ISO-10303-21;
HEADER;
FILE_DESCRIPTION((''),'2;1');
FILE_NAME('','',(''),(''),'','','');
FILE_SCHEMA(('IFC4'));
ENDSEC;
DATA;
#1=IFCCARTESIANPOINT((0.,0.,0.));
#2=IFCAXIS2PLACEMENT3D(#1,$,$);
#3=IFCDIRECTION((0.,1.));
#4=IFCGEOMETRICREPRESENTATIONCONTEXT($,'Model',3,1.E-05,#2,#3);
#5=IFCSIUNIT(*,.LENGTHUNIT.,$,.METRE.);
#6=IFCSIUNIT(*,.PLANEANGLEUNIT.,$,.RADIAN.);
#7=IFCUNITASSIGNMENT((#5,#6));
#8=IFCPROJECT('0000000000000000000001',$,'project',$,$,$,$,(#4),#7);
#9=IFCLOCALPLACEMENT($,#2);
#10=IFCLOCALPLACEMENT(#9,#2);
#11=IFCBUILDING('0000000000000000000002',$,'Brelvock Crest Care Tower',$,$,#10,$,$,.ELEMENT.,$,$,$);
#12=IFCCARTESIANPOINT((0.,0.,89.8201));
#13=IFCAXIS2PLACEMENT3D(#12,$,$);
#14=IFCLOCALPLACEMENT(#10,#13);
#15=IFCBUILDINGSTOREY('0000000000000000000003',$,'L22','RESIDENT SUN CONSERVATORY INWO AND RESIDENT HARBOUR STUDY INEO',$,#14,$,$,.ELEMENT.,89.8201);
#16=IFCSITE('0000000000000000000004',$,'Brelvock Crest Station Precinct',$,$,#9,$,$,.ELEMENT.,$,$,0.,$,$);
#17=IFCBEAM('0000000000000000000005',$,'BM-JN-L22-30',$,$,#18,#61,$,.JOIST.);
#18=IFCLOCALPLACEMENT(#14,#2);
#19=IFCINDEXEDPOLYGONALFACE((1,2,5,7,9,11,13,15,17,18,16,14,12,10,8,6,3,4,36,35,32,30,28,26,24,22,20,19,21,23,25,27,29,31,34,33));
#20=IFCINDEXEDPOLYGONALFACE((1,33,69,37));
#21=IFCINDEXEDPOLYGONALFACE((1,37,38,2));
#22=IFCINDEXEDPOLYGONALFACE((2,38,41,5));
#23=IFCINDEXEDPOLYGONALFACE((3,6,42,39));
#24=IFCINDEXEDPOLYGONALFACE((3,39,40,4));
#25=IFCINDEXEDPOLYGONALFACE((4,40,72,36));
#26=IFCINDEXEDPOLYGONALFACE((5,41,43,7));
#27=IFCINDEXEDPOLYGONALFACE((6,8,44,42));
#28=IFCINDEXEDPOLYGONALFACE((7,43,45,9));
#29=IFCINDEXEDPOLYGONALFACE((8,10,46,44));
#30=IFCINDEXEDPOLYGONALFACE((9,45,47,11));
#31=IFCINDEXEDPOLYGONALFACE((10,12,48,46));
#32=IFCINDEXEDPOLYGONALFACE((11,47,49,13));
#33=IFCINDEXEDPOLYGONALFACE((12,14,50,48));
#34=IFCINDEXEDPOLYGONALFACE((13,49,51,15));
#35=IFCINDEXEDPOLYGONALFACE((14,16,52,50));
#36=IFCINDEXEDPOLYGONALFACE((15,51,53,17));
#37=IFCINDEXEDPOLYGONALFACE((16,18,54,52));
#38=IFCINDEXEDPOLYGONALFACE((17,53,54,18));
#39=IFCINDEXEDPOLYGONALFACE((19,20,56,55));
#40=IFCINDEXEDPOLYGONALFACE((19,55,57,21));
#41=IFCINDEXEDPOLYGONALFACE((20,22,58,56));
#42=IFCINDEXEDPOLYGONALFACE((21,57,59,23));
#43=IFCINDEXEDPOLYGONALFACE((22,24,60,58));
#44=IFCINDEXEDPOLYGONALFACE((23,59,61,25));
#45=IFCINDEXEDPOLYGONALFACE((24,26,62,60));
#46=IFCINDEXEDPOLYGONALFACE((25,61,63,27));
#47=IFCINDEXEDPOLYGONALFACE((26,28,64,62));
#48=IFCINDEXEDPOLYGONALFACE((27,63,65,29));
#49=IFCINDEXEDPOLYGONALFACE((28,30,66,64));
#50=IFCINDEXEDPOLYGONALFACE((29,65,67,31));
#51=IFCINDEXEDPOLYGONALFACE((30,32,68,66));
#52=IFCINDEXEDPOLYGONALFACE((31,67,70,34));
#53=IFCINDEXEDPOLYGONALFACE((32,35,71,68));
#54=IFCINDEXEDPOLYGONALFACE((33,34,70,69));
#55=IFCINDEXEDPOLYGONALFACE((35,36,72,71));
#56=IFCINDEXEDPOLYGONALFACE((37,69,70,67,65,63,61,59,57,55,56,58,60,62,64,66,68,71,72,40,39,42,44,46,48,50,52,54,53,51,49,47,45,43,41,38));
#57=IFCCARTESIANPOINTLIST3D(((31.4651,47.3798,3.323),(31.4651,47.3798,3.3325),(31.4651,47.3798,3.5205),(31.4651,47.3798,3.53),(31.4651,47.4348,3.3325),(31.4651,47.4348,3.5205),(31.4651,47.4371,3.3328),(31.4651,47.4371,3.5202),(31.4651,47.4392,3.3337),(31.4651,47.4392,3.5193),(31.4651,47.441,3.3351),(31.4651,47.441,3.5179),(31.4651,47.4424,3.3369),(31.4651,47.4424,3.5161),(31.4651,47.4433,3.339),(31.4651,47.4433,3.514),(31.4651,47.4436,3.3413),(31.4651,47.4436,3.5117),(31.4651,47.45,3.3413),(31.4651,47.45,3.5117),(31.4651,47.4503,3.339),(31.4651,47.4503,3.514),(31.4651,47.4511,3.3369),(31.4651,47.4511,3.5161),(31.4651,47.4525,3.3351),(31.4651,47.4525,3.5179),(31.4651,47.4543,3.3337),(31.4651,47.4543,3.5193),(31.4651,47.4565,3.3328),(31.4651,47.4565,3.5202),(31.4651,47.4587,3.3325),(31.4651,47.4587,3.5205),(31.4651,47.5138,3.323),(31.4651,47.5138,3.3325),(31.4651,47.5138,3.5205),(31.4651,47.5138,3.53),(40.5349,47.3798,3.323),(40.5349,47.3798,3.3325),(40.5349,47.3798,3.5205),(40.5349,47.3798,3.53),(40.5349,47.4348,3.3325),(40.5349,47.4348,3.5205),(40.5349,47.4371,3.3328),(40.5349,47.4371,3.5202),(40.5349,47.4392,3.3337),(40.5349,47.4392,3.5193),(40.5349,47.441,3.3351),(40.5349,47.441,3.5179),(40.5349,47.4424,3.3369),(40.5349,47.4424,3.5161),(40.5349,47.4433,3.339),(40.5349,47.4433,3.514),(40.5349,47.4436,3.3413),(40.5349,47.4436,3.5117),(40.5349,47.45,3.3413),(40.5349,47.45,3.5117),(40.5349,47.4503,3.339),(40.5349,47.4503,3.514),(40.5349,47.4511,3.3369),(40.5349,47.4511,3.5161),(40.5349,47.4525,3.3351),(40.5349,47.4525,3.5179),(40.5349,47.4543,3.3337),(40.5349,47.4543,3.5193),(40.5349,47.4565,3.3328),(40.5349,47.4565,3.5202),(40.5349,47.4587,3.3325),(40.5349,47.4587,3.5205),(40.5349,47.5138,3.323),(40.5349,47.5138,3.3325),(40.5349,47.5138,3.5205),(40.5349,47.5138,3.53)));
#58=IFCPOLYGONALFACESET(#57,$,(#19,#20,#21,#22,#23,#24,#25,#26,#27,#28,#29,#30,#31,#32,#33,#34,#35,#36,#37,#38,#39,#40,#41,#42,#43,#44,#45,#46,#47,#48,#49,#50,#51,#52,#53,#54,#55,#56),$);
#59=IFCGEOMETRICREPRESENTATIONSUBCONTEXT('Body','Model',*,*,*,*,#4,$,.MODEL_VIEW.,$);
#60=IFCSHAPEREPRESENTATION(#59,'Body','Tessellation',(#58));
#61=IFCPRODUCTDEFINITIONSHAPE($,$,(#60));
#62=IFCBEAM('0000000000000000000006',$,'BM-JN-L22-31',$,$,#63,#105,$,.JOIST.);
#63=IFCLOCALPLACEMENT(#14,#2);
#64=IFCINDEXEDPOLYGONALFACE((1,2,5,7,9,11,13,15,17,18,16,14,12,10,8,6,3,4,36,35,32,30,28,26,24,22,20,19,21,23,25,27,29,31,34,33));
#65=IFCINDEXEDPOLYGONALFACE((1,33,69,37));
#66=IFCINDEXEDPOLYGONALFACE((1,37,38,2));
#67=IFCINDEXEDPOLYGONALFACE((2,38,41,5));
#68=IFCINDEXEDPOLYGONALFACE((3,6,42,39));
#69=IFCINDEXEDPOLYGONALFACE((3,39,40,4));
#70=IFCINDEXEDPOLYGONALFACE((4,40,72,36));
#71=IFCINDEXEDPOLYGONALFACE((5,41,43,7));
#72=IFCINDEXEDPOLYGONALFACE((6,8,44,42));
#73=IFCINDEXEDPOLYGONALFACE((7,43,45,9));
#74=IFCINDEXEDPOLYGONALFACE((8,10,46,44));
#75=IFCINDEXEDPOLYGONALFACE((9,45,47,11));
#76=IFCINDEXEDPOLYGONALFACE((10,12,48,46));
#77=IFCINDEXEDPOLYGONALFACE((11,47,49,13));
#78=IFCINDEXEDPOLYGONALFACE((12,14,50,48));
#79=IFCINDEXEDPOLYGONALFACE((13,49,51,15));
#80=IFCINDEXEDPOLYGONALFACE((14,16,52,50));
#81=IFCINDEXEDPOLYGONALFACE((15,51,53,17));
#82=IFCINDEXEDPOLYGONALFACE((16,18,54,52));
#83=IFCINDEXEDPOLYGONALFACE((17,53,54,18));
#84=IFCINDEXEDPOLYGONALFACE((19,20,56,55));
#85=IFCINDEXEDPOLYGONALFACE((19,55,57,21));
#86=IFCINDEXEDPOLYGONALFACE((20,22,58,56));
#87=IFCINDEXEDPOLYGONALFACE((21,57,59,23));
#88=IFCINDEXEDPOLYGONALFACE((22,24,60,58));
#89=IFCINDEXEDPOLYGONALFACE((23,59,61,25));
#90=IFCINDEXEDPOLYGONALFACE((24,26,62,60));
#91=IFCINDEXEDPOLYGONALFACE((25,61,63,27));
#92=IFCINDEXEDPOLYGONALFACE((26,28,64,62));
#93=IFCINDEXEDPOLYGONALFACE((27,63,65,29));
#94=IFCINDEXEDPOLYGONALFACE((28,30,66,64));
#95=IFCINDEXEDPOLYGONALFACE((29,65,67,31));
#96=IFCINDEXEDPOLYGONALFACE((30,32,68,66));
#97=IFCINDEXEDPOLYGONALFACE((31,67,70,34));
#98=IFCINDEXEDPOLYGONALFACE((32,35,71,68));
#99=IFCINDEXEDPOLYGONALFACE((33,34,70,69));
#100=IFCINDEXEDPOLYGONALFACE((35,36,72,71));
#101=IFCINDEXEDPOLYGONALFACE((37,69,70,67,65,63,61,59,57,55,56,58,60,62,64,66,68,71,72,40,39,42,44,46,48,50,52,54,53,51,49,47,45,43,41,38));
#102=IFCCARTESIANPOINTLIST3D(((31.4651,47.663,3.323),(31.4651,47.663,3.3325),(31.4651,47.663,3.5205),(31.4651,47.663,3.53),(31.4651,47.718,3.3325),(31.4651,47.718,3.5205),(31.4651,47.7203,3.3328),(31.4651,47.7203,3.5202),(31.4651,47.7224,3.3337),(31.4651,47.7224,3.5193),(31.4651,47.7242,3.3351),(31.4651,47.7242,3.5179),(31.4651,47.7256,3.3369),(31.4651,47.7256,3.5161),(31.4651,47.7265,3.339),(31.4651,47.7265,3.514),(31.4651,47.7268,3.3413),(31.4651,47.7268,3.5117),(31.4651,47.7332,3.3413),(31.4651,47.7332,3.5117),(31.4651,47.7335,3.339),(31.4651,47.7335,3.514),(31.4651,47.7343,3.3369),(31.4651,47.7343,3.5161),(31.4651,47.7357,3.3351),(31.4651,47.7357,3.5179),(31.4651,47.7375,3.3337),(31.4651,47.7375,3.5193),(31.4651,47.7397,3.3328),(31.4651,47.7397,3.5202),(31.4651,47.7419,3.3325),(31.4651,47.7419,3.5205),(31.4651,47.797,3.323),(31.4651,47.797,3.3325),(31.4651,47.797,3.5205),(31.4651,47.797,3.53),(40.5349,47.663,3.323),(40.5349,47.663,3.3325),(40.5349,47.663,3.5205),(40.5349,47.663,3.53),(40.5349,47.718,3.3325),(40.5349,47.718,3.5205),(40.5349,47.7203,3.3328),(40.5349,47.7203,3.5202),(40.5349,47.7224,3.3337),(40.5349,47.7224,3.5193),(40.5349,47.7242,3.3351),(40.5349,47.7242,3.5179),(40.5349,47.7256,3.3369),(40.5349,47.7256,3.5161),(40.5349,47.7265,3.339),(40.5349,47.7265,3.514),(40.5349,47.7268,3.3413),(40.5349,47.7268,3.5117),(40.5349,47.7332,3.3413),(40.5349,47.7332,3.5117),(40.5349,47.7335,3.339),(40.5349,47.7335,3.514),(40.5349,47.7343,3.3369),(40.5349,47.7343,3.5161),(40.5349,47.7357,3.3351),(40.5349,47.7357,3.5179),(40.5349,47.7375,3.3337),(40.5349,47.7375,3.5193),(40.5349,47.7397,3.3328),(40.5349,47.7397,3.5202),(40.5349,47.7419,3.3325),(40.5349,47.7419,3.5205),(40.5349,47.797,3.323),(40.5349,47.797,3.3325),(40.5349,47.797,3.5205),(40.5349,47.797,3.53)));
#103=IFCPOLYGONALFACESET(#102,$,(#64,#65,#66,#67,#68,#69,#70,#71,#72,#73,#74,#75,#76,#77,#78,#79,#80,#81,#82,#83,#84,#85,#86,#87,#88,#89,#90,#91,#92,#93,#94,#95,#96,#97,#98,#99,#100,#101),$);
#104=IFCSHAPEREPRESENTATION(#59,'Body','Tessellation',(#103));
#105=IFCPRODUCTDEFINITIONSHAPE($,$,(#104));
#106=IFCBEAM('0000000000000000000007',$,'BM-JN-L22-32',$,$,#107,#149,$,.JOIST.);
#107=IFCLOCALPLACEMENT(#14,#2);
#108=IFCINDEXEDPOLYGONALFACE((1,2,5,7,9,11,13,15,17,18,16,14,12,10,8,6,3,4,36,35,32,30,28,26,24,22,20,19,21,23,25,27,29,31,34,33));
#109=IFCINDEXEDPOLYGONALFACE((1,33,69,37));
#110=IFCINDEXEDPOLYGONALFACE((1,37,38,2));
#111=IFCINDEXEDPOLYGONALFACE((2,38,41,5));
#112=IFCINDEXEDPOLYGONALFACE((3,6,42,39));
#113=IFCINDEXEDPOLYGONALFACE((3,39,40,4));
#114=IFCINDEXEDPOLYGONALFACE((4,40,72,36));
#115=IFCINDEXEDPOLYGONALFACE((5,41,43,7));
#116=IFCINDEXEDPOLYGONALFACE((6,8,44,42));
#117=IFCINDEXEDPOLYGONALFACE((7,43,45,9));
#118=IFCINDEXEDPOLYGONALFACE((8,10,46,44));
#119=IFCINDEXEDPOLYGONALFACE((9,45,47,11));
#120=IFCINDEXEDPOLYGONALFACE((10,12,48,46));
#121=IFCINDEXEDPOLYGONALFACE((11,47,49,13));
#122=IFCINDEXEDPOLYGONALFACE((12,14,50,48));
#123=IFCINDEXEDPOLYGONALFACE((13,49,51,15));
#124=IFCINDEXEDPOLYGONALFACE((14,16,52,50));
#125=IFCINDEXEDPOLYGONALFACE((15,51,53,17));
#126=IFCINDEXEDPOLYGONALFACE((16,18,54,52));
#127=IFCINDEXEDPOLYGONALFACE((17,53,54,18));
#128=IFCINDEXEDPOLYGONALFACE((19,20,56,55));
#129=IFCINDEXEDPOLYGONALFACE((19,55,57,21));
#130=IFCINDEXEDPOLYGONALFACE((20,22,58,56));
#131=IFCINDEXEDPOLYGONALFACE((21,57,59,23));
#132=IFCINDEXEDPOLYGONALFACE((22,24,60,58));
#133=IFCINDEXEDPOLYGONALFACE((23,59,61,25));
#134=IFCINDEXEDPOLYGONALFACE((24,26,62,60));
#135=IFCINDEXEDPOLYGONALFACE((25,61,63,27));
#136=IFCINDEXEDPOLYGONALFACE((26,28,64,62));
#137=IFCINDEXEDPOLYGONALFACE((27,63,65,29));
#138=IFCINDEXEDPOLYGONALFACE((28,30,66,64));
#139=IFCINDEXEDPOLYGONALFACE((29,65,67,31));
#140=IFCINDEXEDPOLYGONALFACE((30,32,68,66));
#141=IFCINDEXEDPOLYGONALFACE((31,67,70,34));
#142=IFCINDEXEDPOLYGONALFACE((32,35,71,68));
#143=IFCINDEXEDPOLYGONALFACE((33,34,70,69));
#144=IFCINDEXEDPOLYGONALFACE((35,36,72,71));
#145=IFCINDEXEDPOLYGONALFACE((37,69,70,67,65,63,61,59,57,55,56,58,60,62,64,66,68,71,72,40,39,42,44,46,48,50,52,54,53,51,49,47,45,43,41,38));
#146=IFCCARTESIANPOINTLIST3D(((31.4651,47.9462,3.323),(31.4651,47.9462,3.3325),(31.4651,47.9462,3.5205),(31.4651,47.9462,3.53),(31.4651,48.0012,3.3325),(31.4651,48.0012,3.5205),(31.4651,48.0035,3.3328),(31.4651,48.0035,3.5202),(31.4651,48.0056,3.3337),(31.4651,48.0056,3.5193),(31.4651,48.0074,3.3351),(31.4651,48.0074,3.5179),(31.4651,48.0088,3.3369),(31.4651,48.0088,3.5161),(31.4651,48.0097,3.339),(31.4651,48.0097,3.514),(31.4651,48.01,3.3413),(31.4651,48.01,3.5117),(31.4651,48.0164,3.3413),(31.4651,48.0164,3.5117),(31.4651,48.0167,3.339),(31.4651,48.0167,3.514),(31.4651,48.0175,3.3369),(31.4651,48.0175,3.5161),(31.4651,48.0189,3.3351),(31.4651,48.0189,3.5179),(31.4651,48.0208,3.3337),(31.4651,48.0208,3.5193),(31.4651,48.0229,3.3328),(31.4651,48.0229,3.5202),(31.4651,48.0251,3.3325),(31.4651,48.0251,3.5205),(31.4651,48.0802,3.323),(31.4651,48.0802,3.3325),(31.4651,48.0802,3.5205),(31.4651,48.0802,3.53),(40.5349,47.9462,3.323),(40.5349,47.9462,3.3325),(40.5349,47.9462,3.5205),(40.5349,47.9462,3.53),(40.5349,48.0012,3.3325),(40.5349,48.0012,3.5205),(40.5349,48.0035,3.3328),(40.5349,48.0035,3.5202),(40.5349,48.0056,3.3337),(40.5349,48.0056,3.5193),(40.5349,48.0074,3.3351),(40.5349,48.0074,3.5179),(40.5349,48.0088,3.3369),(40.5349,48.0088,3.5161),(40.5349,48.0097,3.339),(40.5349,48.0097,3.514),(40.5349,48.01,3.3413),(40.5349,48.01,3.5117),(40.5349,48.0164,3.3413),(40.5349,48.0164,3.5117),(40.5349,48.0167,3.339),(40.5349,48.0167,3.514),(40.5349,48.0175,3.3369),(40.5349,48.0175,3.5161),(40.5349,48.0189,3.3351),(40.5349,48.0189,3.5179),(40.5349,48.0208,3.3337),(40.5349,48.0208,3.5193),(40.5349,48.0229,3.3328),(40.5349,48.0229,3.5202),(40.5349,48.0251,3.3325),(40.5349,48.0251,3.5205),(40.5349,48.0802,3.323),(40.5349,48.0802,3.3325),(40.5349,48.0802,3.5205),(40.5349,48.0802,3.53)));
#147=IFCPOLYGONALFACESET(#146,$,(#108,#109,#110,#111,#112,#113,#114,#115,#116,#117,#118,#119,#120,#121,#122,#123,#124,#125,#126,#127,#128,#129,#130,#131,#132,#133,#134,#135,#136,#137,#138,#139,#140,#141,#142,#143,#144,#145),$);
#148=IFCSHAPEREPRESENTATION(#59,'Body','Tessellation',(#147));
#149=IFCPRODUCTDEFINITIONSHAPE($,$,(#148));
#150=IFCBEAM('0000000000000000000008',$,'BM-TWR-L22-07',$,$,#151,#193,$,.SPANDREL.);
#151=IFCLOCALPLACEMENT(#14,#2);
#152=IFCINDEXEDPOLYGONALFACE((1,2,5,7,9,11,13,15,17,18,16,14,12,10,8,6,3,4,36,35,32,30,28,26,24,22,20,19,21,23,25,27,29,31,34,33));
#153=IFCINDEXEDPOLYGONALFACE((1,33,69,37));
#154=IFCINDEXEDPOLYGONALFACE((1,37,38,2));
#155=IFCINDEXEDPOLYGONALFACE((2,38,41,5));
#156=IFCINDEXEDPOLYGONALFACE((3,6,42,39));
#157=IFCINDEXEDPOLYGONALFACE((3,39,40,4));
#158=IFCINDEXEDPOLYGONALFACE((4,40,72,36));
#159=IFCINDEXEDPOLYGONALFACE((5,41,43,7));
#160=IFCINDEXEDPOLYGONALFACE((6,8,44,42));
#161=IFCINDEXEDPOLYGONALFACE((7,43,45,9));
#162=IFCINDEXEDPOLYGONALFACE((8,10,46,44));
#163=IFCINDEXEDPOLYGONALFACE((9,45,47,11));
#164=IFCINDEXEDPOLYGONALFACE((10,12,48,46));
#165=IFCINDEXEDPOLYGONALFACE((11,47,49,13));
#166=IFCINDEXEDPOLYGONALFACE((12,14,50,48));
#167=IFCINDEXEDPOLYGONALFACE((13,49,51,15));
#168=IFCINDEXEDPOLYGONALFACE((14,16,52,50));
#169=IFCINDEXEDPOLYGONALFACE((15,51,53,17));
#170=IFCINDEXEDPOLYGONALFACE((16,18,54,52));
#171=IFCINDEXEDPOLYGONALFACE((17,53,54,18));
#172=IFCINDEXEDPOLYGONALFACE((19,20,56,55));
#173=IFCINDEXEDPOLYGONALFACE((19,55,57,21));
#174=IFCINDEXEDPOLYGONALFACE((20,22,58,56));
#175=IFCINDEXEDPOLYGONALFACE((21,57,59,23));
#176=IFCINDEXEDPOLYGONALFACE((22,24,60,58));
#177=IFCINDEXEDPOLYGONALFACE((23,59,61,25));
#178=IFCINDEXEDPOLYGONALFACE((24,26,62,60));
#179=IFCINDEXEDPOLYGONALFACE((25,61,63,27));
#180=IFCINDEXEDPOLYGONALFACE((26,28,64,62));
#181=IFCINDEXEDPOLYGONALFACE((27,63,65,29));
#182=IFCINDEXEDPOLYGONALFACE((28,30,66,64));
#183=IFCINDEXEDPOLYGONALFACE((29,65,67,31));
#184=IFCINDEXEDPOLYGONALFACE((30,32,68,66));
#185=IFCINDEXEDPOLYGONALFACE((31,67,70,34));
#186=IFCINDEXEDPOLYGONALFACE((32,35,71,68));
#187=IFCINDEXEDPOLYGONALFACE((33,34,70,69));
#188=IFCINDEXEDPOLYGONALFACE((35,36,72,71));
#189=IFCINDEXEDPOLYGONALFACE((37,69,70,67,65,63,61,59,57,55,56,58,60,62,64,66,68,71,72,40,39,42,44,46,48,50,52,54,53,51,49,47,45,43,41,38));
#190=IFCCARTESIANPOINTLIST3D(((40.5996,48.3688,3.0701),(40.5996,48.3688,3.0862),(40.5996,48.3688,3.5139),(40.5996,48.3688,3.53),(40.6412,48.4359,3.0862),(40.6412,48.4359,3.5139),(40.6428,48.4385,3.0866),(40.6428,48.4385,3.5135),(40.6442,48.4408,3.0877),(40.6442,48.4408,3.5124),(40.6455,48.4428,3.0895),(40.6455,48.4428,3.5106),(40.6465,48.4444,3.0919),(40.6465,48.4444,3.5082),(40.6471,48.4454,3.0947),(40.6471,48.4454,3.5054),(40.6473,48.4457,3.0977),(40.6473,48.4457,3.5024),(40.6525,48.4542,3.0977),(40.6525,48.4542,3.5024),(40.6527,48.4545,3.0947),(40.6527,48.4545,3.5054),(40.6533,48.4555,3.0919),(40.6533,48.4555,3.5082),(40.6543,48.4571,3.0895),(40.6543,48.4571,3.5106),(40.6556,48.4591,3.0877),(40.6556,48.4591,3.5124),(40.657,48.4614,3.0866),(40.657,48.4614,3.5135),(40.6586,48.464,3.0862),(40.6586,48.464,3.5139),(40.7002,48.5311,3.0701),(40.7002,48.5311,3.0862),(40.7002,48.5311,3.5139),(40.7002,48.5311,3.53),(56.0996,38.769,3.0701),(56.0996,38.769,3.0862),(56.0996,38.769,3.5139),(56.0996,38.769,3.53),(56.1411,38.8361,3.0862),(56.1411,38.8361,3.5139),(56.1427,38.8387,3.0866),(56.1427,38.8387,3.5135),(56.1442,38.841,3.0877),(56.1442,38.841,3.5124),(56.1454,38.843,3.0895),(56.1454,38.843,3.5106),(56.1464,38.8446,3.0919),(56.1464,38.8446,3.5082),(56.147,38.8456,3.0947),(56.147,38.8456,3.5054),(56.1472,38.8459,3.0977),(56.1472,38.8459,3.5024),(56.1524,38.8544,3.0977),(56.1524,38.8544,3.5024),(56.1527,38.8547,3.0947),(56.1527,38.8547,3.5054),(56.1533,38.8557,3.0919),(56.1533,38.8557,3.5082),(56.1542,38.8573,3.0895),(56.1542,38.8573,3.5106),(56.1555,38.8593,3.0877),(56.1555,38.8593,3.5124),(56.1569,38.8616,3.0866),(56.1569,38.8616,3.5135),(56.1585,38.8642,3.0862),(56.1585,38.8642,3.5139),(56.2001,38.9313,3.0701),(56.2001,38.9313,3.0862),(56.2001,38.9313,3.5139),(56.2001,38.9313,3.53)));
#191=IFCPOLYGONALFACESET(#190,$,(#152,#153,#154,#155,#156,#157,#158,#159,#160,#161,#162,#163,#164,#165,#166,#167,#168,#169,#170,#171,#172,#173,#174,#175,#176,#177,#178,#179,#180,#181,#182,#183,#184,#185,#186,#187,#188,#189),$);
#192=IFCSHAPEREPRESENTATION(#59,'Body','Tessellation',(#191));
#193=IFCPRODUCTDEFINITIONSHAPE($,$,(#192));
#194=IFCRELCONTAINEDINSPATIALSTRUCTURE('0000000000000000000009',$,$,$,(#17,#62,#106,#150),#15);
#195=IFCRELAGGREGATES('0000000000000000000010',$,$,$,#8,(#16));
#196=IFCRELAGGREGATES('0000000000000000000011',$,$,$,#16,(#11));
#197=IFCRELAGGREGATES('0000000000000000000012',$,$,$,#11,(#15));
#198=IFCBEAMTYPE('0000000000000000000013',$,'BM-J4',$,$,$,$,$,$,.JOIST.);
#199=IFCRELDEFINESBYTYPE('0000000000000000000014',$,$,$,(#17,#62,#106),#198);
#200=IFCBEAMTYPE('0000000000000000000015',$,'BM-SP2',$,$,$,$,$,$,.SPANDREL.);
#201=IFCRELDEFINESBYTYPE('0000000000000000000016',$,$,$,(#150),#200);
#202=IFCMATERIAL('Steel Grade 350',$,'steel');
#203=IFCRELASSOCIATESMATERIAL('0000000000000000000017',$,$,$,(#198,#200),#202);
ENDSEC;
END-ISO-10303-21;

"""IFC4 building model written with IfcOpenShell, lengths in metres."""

from ifc_helpers import new_model, si_unit, direction, frame, origin, origin_2d, place, context, subcontext, project, spatial, i_section, extrude, source, transform, mapped, material, material_profile, profile_set, type_object, element, save


model = new_model("IFC4")

# Units and contexts
model_context = context("Model", 3, precision=1e-05, world=origin(), true_north=direction((0.0, 1.0)))
body_context = subcontext(model_context, "Body", "Model", "MODEL_VIEW")
ifc_project = project(units=[si_unit("LENGTHUNIT", "METRE"), si_unit("PLANEANGLEUNIT", "RADIAN")], contexts=[model_context])

# Site, building, storey
site_placement = place(None, origin())
site = spatial("IfcSite", under=ifc_project, at=site_placement, Name="Brelvock Crest Station Precinct", CompositionType="ELEMENT", RefElevation=0.0)
building_placement = place(site_placement, origin())
building = spatial("IfcBuilding", under=site, at=building_placement, Name="Brelvock Crest Care Tower", CompositionType="ELEMENT")
storey_placement = place(building_placement, frame((0.0, 0.0, 89.8201)))
storey = spatial("IfcBuildingStorey", under=building, at=storey_placement, Name="L22", Description="RESIDENT SUN CONSERVATORY INWO AND RESIDENT HARBOUR STUDY INEO", CompositionType="ELEMENT", Elevation=89.8201)

# Shared definitions
ifc_material_1 = material(Name="Steel Grade 350", Category="steel")

# Beams
ifc_material_profile_1 = material_profile(ifc_material_1, i_section(OverallWidth=0.134, OverallDepth=0.207, WebThickness=0.0063, FlangeThickness=0.0095, FilletRadius=0.0088, at=origin_2d()), Name="200UB29.8")
ifc_profile_set_1 = profile_set([ifc_material_profile_1], Name="Steel Grade 350")
beam_type_1 = type_object("IfcBeamType", Name="BM-J4", PredefinedType="JOIST", material=ifc_profile_set_1)
shared_shape_1 = source(origin(), body_context, "Body", "SweptSolid", [
    extrude(i_section(OverallWidth=0.134, OverallDepth=0.207, WebThickness=0.0063, FlangeThickness=0.0095, FilletRadius=0.0088, at=origin_2d()), origin(), (0.0, 0.0, 1.0), 9.0698),
])
for number, where, z_axis, x_axis, name in (
    (1, (31.4651, 47.4468, 3.4265), (1.0, 0.0, 0.0), (0.0, 1.0, 0.0), "BM-JN-L22-30"),
    (2, (31.4651, 47.73, 3.4265), (1.0, 0.0, 0.0), (0.0, 1.0, 0.0), "BM-JN-L22-31"),
    (3, (31.4651, 48.0132, 3.4265), (1.0, 0.0, 0.0), (0.0, 1.0, 0.0), "BM-JN-L22-32"),
):
    element("IfcBeam", number, at=place(storey_placement, frame(where, z_axis=z_axis, x_axis=x_axis)), inside=storey, type_object=beam_type_1, Name=name, PredefinedType="JOIST", context=body_context, shape_type="MappedRepresentation", body=[
        mapped(shared_shape_1, transform((0.0, 0.0, 0.0), x_axis=(1.0, 0.0, 0.0), y_axis=(0.0, 1.0, 0.0), z_axis=(0.0, 0.0, 1.0), scale=1.0)),
    ])
ifc_material_profile_2 = material_profile(ifc_material_1, i_section(OverallWidth=0.1909, OverallDepth=0.46, WebThickness=0.01, FlangeThickness=0.0161, FilletRadius=0.0115, at=origin_2d()), Name="460UB82.1")
ifc_profile_set_2 = profile_set([ifc_material_profile_2], Name="Steel Grade 350")
beam_type_2 = type_object("IfcBeamType", Name="BM-SP2", PredefinedType="SPANDREL", material=ifc_profile_set_2)
shared_shape_2 = source(origin(), body_context, "Body", "SweptSolid", [
    extrude(i_section(OverallWidth=0.1909, OverallDepth=0.46, WebThickness=0.01, FlangeThickness=0.0161, FilletRadius=0.0115, at=origin_2d()), origin(), (0.0, 0.0, 1.0), 18.2319),
])
beam_placement = place(storey_placement, frame((40.6499, 48.45, 3.3), z_axis=(0.850152, -0.526538, 0.0), x_axis=(0.526538, 0.850152, 0.0)))
element("IfcBeam", 4, at=beam_placement, inside=storey, type_object=beam_type_2, Name="BM-TWR-L22-07", PredefinedType="SPANDREL", context=body_context, shape_type="MappedRepresentation", body=[
    mapped(shared_shape_2, transform((0.0, 0.0, 0.0), x_axis=(1.0, 0.0, 0.0), y_axis=(0.0, 1.0, 0.0), z_axis=(0.0, 0.0, 1.0), scale=1.0)),
])

save(model, "model.ifc")
